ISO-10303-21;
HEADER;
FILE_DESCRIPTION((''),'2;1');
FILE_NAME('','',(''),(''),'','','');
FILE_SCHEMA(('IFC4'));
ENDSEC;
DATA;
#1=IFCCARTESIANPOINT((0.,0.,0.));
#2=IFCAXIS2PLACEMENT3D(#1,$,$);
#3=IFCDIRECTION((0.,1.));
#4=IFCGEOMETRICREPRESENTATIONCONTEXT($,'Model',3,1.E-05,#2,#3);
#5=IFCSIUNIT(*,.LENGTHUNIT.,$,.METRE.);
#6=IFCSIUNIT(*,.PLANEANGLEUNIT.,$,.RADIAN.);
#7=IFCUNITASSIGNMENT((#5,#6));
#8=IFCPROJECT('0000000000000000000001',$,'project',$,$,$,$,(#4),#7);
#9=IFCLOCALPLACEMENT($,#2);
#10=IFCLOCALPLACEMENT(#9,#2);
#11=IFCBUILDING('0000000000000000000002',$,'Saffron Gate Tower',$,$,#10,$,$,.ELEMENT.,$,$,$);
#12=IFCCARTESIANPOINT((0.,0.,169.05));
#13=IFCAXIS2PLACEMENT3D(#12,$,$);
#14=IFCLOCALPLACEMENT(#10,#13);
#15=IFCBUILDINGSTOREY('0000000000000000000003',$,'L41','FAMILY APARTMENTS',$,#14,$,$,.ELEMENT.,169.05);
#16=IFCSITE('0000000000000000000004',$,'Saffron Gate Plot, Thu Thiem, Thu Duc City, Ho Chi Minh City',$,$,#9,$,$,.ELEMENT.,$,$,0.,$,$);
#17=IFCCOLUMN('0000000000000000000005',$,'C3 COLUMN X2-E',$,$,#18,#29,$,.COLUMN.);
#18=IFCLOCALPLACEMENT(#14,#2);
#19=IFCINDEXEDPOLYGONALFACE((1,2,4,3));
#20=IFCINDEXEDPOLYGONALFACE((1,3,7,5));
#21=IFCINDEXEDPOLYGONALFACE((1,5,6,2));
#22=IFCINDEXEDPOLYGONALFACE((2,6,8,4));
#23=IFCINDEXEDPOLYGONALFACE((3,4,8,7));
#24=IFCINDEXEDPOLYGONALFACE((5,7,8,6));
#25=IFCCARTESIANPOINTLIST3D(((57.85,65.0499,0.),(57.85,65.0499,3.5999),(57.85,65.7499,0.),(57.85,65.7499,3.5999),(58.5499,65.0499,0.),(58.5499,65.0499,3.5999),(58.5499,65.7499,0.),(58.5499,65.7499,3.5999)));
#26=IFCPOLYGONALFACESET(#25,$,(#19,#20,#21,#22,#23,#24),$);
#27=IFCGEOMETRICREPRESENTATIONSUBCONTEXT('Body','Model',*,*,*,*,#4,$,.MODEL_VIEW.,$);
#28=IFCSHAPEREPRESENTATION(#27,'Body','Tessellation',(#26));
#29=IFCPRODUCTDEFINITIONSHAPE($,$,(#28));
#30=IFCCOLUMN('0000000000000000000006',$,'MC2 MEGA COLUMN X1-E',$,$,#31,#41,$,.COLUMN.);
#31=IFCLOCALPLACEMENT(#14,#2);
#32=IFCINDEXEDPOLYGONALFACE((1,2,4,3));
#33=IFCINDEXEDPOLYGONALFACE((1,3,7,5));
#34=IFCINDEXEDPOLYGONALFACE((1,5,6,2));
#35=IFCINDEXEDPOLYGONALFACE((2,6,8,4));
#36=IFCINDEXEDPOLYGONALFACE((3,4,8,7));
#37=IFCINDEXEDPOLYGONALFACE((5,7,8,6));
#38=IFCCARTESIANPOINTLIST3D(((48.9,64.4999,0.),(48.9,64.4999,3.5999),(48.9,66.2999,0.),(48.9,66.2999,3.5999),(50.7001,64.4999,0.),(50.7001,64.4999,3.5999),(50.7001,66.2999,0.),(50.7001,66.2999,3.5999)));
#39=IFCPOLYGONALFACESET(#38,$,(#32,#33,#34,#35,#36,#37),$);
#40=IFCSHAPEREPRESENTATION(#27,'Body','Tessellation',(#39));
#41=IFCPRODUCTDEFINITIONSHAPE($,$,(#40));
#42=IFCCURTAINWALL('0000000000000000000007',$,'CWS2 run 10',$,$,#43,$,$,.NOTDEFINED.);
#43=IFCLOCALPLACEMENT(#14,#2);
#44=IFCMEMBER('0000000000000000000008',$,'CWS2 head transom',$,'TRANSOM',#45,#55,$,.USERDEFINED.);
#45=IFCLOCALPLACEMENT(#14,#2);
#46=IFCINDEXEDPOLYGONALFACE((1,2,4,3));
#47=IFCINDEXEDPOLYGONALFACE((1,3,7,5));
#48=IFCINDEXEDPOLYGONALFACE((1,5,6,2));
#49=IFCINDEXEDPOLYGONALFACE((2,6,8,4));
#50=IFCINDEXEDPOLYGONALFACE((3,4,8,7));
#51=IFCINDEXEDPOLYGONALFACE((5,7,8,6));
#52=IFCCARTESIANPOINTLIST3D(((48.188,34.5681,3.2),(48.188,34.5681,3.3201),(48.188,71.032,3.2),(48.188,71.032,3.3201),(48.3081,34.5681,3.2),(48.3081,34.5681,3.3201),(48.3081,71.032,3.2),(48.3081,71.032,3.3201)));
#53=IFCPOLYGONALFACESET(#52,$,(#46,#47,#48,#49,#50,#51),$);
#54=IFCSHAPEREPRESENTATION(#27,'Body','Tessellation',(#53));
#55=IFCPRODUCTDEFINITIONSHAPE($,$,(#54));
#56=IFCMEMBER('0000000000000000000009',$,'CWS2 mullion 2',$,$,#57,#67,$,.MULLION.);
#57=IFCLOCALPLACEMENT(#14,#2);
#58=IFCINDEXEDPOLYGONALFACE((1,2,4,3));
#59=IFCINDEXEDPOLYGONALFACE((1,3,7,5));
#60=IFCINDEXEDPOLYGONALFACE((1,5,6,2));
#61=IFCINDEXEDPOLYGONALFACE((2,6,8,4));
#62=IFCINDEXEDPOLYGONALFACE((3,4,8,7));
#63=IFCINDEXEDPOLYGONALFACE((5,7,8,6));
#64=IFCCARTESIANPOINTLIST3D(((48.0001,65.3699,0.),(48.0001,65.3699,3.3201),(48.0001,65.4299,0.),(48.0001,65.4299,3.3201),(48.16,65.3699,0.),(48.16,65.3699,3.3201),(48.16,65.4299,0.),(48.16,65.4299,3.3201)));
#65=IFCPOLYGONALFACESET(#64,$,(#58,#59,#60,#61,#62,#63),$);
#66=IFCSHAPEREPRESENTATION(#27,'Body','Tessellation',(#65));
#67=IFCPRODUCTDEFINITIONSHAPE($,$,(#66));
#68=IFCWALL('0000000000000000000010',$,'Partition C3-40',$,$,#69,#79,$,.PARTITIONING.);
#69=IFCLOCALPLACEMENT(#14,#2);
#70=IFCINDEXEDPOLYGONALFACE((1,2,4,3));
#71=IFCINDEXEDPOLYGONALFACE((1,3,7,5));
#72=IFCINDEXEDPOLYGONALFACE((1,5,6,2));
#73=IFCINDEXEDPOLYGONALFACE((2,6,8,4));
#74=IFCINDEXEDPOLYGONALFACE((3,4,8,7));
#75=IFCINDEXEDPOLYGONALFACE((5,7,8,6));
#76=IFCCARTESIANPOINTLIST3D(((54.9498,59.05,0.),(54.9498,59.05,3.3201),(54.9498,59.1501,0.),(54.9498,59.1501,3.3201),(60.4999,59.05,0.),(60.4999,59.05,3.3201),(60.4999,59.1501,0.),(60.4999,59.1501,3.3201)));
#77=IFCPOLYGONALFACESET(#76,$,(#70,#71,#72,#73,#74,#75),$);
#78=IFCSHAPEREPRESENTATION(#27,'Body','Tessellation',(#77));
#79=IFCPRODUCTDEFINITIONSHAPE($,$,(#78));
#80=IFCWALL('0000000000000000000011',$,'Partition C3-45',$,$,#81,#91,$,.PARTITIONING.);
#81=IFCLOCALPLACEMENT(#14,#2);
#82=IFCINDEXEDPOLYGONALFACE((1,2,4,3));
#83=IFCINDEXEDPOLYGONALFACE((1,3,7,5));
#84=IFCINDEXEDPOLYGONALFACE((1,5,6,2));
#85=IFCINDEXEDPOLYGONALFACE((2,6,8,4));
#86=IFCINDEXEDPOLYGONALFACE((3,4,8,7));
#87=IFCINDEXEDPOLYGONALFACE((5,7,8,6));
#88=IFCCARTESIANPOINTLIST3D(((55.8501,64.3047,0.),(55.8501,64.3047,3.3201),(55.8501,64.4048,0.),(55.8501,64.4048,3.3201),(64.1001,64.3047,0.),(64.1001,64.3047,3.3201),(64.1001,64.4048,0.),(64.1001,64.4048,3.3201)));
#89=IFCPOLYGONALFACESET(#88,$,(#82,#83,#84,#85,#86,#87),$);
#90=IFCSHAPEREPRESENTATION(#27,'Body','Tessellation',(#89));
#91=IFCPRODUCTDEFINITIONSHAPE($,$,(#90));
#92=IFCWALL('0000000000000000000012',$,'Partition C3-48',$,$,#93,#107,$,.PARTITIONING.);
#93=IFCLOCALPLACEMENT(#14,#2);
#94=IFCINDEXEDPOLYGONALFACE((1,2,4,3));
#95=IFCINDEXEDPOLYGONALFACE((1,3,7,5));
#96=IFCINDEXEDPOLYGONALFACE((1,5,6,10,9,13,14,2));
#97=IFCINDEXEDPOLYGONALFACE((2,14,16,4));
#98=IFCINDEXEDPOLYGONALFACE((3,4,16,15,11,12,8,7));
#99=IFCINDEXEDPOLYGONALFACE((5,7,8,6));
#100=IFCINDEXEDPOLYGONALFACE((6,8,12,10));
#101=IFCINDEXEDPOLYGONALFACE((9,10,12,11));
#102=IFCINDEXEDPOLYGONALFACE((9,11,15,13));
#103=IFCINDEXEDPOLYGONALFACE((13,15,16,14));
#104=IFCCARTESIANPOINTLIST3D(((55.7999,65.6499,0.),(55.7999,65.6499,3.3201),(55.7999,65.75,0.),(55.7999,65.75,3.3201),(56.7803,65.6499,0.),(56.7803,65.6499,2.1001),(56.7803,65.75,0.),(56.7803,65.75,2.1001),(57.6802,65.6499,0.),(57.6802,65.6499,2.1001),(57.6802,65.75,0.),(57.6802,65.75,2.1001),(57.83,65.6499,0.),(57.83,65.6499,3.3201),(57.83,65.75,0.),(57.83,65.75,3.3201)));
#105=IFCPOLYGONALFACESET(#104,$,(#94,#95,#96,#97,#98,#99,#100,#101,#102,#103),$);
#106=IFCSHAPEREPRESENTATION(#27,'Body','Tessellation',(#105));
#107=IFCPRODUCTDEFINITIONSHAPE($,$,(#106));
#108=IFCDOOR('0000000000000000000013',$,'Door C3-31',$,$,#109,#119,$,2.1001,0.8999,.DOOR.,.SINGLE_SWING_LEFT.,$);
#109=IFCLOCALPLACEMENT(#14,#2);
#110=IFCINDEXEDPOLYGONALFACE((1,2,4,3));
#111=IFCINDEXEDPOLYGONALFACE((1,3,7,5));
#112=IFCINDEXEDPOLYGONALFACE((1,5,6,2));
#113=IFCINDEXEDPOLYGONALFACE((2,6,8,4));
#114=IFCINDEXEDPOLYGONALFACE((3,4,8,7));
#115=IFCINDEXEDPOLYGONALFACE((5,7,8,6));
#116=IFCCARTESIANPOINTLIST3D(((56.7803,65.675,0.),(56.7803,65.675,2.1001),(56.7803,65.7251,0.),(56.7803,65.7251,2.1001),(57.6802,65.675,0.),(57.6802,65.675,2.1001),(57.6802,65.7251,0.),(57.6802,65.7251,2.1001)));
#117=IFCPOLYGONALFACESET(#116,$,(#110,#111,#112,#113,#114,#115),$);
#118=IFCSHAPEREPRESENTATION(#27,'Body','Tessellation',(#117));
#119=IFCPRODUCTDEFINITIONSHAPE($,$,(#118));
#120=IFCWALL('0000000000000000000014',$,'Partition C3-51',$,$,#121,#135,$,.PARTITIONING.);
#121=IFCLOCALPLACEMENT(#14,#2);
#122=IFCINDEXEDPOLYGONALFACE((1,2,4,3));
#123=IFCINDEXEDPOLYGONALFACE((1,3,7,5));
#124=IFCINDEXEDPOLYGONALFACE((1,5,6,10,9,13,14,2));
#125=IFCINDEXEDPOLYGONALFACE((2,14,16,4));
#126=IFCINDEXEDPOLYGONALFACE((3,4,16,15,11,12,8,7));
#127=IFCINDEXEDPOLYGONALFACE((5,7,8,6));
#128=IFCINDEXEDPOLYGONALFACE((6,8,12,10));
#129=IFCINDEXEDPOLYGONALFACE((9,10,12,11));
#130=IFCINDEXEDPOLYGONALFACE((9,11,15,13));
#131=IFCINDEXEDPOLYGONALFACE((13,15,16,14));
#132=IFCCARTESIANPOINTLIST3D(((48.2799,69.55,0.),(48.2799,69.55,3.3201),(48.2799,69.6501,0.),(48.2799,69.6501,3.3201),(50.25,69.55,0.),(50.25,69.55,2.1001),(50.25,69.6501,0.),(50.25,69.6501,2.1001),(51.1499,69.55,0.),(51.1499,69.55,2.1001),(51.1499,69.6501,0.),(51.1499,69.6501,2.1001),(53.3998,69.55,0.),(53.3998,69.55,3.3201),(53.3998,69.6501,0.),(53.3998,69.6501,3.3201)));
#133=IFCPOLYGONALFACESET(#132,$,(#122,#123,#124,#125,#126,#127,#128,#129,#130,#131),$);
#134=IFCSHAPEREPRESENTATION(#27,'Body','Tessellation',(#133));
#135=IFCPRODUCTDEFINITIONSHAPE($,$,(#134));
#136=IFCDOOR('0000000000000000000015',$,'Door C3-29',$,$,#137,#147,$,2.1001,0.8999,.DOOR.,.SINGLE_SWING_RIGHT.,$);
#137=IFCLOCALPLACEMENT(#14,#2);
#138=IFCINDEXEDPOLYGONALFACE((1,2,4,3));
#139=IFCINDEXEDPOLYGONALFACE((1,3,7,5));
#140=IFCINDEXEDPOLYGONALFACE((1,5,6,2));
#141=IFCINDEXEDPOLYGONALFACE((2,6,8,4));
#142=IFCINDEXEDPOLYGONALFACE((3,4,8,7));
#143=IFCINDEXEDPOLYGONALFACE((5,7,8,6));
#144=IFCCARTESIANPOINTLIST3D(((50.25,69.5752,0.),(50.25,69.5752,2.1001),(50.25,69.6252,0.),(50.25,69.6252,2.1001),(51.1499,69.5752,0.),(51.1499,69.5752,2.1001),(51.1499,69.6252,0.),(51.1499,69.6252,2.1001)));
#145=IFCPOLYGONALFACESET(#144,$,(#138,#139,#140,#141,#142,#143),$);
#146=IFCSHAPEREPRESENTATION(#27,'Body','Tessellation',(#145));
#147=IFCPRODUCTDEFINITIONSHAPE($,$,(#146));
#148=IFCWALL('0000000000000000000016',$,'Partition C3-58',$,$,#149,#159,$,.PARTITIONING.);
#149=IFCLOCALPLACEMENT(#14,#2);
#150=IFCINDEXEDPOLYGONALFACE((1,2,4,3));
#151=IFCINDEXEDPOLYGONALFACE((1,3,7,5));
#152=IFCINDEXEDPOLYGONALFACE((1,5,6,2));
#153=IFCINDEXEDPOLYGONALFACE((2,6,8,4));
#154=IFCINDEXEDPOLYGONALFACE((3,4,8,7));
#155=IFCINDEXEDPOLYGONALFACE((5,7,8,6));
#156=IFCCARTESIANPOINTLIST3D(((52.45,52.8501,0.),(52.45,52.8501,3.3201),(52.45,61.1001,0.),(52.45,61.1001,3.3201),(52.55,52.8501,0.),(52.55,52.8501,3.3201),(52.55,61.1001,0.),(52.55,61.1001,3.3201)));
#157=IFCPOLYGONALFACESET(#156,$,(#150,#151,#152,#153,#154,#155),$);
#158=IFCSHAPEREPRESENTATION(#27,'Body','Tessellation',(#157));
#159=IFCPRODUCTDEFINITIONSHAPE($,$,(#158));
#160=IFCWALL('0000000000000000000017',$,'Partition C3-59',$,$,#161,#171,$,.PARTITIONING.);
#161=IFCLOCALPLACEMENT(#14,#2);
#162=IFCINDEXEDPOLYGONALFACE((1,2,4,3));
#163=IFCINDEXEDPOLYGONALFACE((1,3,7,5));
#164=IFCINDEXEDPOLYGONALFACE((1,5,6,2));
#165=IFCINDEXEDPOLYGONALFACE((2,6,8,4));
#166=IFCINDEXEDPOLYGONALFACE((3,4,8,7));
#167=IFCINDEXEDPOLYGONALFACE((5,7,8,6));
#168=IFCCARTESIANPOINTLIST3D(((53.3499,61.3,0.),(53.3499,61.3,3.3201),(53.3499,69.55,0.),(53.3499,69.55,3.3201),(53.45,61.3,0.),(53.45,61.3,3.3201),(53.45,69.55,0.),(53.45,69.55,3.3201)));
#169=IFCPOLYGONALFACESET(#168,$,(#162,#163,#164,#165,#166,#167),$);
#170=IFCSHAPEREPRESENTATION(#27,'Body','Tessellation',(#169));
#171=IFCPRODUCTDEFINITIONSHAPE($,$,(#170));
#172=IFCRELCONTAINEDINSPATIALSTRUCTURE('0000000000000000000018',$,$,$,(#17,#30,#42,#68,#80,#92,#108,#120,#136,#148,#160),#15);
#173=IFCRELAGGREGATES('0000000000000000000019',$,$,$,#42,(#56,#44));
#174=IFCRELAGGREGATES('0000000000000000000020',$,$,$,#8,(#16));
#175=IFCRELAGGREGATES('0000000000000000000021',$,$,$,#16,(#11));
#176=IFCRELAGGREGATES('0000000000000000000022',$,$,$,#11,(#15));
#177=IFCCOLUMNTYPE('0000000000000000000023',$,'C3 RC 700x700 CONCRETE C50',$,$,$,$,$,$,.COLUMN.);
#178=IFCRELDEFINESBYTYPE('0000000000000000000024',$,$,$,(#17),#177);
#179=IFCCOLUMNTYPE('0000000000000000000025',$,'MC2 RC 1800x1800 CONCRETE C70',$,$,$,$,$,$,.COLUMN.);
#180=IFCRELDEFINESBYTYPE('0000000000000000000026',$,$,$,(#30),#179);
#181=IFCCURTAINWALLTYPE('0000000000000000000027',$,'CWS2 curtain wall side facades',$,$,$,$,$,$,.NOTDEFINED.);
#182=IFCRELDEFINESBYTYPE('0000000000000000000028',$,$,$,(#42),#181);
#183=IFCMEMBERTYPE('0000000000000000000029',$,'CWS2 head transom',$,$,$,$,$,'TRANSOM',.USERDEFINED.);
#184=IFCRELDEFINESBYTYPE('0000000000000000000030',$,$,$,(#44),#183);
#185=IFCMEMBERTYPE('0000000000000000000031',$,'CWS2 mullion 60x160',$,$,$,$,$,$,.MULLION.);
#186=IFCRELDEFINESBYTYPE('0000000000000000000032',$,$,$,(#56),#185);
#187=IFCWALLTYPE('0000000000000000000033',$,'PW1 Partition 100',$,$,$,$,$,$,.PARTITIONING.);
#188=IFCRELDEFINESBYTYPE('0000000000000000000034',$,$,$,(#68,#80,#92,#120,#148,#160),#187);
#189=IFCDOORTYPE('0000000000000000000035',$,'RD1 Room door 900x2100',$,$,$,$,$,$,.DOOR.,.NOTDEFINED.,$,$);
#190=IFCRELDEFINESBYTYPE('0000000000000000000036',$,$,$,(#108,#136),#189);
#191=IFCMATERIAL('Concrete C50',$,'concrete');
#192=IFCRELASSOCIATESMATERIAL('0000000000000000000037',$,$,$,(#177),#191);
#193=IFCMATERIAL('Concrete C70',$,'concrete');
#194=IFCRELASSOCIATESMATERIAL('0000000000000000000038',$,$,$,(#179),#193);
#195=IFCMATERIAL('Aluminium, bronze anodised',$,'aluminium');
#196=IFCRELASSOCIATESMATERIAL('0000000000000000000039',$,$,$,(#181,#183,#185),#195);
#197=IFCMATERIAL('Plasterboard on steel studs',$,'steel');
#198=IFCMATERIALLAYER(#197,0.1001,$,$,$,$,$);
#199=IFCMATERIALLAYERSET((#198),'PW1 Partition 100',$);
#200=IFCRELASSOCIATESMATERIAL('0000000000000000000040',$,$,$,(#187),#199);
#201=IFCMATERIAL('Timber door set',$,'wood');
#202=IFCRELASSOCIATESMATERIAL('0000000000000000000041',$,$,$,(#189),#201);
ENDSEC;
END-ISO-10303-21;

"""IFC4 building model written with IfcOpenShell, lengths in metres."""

from ifc_helpers import new_model, si_unit, direction, frame, frame_2d, origin, origin_2d, place, context, subcontext, project, spatial, rectangle, extrude, material, layer, layer_set, material_profile, profile_set, type_object, element, fill, aggregate, save


model = new_model("IFC4")

# Units and contexts
model_context = context("Model", 3, precision=1e-05, world=origin(), true_north=direction((0.0, 1.0)))
body_context = subcontext(model_context, "Body", "Model", "MODEL_VIEW")
ifc_project = project(units=[si_unit("LENGTHUNIT", "METRE"), si_unit("PLANEANGLEUNIT", "RADIAN")], contexts=[model_context])

# Site, building, storey
site_placement = place(None, origin())
site = spatial("IfcSite", under=ifc_project, at=site_placement, Name="Saffron Gate Plot, Thu Thiem, Thu Duc City, Ho Chi Minh City", CompositionType="ELEMENT", RefElevation=0.0)
building_placement = place(site_placement, origin())
building = spatial("IfcBuilding", under=site, at=building_placement, Name="Saffron Gate Tower", CompositionType="ELEMENT")
storey_placement = place(building_placement, frame((0.0, 0.0, 169.05)))
storey = spatial("IfcBuildingStorey", under=building, at=storey_placement, Name="L41", Description="FAMILY APARTMENTS", CompositionType="ELEMENT", Elevation=169.05)

# Columns
ifc_material_1 = material(Name="Concrete C50", Category="concrete")
ifc_material_profile_1 = material_profile(ifc_material_1, rectangle(XDim=0.7, YDim=0.7, at=origin_2d()))
ifc_profile_set_1 = profile_set([ifc_material_profile_1], Name="Concrete C50")
column_type_1 = type_object("IfcColumnType", Name="C3 RC 700x700 CONCRETE C50", PredefinedType="COLUMN", material=ifc_profile_set_1)
column_1_placement = place(storey_placement, frame((58.2, 65.3999, 0.0), z_axis=(0.0, 0.0, 1.0), x_axis=(1.0, 0.0, 0.0)))
element("IfcColumn", 1, at=column_1_placement, inside=storey, type_object=column_type_1, Name="C3 COLUMN X2-E", PredefinedType="COLUMN", context=body_context, shape_type="SweptSolid", body=[
    extrude(rectangle(XDim=0.7, YDim=0.7, at=origin_2d()), origin(), (0.0, 0.0, 1.0), 3.5999),
])
ifc_material_2 = material(Name="Concrete C70", Category="concrete")
ifc_material_profile_2 = material_profile(ifc_material_2, rectangle(XDim=1.8, YDim=1.8, at=origin_2d()))
ifc_profile_set_2 = profile_set([ifc_material_profile_2], Name="Concrete C70")
column_type_2 = type_object("IfcColumnType", Name="MC2 RC 1800x1800 CONCRETE C70", PredefinedType="COLUMN", material=ifc_profile_set_2)
column_2_placement = place(storey_placement, frame((49.8, 65.3999, 0.0), z_axis=(0.0, 0.0, 1.0), x_axis=(1.0, 0.0, 0.0)))
element("IfcColumn", 2, at=column_2_placement, inside=storey, type_object=column_type_2, Name="MC2 MEGA COLUMN X1-E", PredefinedType="COLUMN", context=body_context, shape_type="SweptSolid", body=[
    extrude(rectangle(XDim=1.8, YDim=1.8, at=origin_2d()), origin(), (0.0, 0.0, 1.0), 3.5999),
])

# Curtain wall, members
ifc_material_3 = material(Name="Aluminium, bronze anodised", Category="aluminium")
curtain_wall_type = type_object("IfcCurtainWallType", Name="CWS2 curtain wall side facades", PredefinedType="NOTDEFINED", material=ifc_material_3)
curtain_wall_placement = place(storey_placement, origin())
curtain_wall = element("IfcCurtainWall", 3, at=curtain_wall_placement, inside=storey, type_object=curtain_wall_type, Name="CWS2 run 10", PredefinedType="NOTDEFINED")
ifc_material_profile_3 = material_profile(ifc_material_3, rectangle(XDim=0.1201, YDim=0.1201, at=origin_2d()))
ifc_profile_set_3 = profile_set([ifc_material_profile_3], Name="Aluminium, bronze anodised")
member_type_1 = type_object("IfcMemberType", Name="CWS2 head transom", ElementType="TRANSOM", PredefinedType="USERDEFINED", material=ifc_profile_set_3)
member_1_placement = place(storey_placement, frame((48.248, 71.032, 3.26), z_axis=(0.0, -1.0, 0.0), x_axis=(1.0, 0.0, 0.0)))
member_1 = element("IfcMember", 4, at=member_1_placement, type_object=member_type_1, Name="CWS2 head transom", ObjectType="TRANSOM", PredefinedType="USERDEFINED", context=body_context, shape_type="SweptSolid", body=[
    extrude(rectangle(XDim=0.1201, YDim=0.1201, at=origin_2d()), origin(), (0.0, 0.0, 1.0), 36.4639),
])
ifc_material_profile_4 = material_profile(ifc_material_3, rectangle(XDim=0.1599, YDim=0.0601, at=origin_2d()))
ifc_profile_set_4 = profile_set([ifc_material_profile_4], Name="Aluminium, bronze anodised")
member_type_2 = type_object("IfcMemberType", Name="CWS2 mullion 60x160", PredefinedType="MULLION", material=ifc_profile_set_4)
member_2_placement = place(storey_placement, frame((48.0801, 65.3999, 0.0), z_axis=(0.0, 0.0, 1.0), x_axis=(1.0, 0.0, 0.0)))
member_2 = element("IfcMember", 5, at=member_2_placement, type_object=member_type_2, Name="CWS2 mullion 2", PredefinedType="MULLION", context=body_context, shape_type="SweptSolid", body=[
    extrude(rectangle(XDim=0.1599, YDim=0.0601, at=origin_2d()), origin(), (0.0, 0.0, 1.0), 3.3201),
])
aggregate(curtain_wall, [member_2, member_1])

# Walls
ifc_material_4 = material(Name="Plasterboard on steel studs", Category="steel")
ifc_layer_1 = layer(ifc_material_4, 0.1001)
ifc_layer_set_1 = layer_set([ifc_layer_1], Name="PW1 Partition 100")
wall_type_1 = type_object("IfcWallType", Name="PW1 Partition 100", PredefinedType="PARTITIONING", material=ifc_layer_set_1)
wall_1_placement = place(storey_placement, frame((54.95, 59.1001, 0.0), z_axis=(0.0, 0.0, 1.0), x_axis=(1.0, 0.0, 0.0)))
element("IfcWall", 6, at=wall_1_placement, inside=storey, type_object=wall_type_1, Name="Partition C3-40", PredefinedType="PARTITIONING", context=body_context, shape_type="SweptSolid", body=[
    extrude(rectangle(XDim=5.55, YDim=0.1001, at=frame_2d((2.7749, 0.0))), origin(), (0.0, 0.0, 1.0), 3.3201),
])
wall_2_placement = place(storey_placement, frame((55.8501, 64.3547, 0.0), z_axis=(0.0, 0.0, 1.0), x_axis=(1.0, 0.0, 0.0)))
element("IfcWall", 7, at=wall_2_placement, inside=storey, type_object=wall_type_1, Name="Partition C3-45", PredefinedType="PARTITIONING", context=body_context, shape_type="SweptSolid", body=[
    extrude(rectangle(XDim=8.25, YDim=0.1001, at=frame_2d((4.125, 0.0))), origin(), (0.0, 0.0, 1.0), 3.3201),
])

# Walls, openings, doors
wall_3_placement = place(storey_placement, frame((57.8301, 65.7, 0.0), z_axis=(0.0, 0.0, 1.0), x_axis=(-1.0, 0.0, 0.0)))
wall_3 = element("IfcWall", 8, at=wall_3_placement, inside=storey, type_object=wall_type_1, Name="Partition C3-48", PredefinedType="PARTITIONING", context=body_context, shape_type="SweptSolid", body=[
    extrude(rectangle(XDim=2.03, YDim=0.1001, at=frame_2d((1.0151, 0.0))), origin(), (0.0, 0.0, 1.0), 3.3201),
])
opening_1_placement = place(wall_3_placement, frame((0.1499, 0.0, 0.0)))
opening_1 = element("IfcOpeningElement", 9, at=opening_1_placement, cuts=wall_3, PredefinedType="OPENING", context=body_context, shape_type="SweptSolid", body=[
    extrude(rectangle(XDim=0.8999, YDim=2.1001, at=frame_2d((0.45, 1.05))), frame((0.0, 0.0601, 0.0), z_axis=(0.0, -1.0, 0.0), x_axis=(1.0, 0.0, 0.0)), (0.0, 0.0, 1.0), 0.1201),
])
ifc_material_5 = material(Name="Timber door set", Category="wood")
door_type_1 = type_object("IfcDoorType", Name="RD1 Room door 900x2100", OperationType="NOTDEFINED", PredefinedType="DOOR", material=ifc_material_5)
door_1_placement = place(opening_1_placement, origin())
door_1 = element("IfcDoor", 10, at=door_1_placement, inside=storey, type_object=door_type_1, Name="Door C3-31", OperationType="SINGLE_SWING_LEFT", OverallHeight=2.1001, OverallWidth=0.8999, PredefinedType="DOOR", context=body_context, shape_type="SweptSolid", body=[
    extrude(rectangle(XDim=0.8999, YDim=2.1001, at=frame_2d((0.45, 1.05))), frame((0.0, 0.0249, 0.0), z_axis=(0.0, -1.0, 0.0), x_axis=(1.0, 0.0, 0.0)), (0.0, 0.0, 1.0), 0.05),
])
fill(opening_1, door_1)
wall_4_placement = place(storey_placement, frame((53.3999, 69.6001, 0.0), z_axis=(0.0, 0.0, 1.0), x_axis=(-1.0, 0.0, 0.0)))
wall_4 = element("IfcWall", 11, at=wall_4_placement, inside=storey, type_object=wall_type_1, Name="Partition C3-51", PredefinedType="PARTITIONING", context=body_context, shape_type="SweptSolid", body=[
    extrude(rectangle(XDim=5.1199, YDim=0.1001, at=frame_2d((2.5601, 0.0))), origin(), (0.0, 0.0, 1.0), 3.3201),
])
opening_2_placement = place(wall_4_placement, frame((2.25, 0.0, 0.0)))
opening_2 = element("IfcOpeningElement", 12, at=opening_2_placement, cuts=wall_4, PredefinedType="OPENING", context=body_context, shape_type="SweptSolid", body=[
    extrude(rectangle(XDim=0.8999, YDim=2.1001, at=frame_2d((0.45, 1.05))), frame((0.0, 0.0601, 0.0), z_axis=(0.0, -1.0, 0.0), x_axis=(1.0, 0.0, 0.0)), (0.0, 0.0, 1.0), 0.1201),
])
door_2_placement = place(opening_2_placement, origin())
door_2 = element("IfcDoor", 13, at=door_2_placement, inside=storey, type_object=door_type_1, Name="Door C3-29", OperationType="SINGLE_SWING_RIGHT", OverallHeight=2.1001, OverallWidth=0.8999, PredefinedType="DOOR", context=body_context, shape_type="SweptSolid", body=[
    extrude(rectangle(XDim=0.8999, YDim=2.1001, at=frame_2d((0.45, 1.05))), frame((0.0, 0.0249, 0.0), z_axis=(0.0, -1.0, 0.0), x_axis=(1.0, 0.0, 0.0)), (0.0, 0.0, 1.0), 0.05),
])
fill(opening_2, door_2)

# Walls
for number, where, z_axis, x_axis, name in (
    (14, (52.5, 61.1001, 0.0), (0.0, 0.0, 1.0), (0.0, -1.0, 0.0), "Partition C3-58"),
    (15, (53.3999, 69.55, 0.0), (0.0, 0.0, 1.0), (0.0, -1.0, 0.0), "Partition C3-59"),
):
    element("IfcWall", number, at=place(storey_placement, frame(where, z_axis=z_axis, x_axis=x_axis)), inside=storey, type_object=wall_type_1, Name=name, PredefinedType="PARTITIONING", context=body_context, shape_type="SweptSolid", body=[
        extrude(rectangle(XDim=8.25, YDim=0.1001, at=frame_2d((4.125, 0.0))), origin(), (0.0, 0.0, 1.0), 3.3201),
    ])

save(model, "model.ifc")
